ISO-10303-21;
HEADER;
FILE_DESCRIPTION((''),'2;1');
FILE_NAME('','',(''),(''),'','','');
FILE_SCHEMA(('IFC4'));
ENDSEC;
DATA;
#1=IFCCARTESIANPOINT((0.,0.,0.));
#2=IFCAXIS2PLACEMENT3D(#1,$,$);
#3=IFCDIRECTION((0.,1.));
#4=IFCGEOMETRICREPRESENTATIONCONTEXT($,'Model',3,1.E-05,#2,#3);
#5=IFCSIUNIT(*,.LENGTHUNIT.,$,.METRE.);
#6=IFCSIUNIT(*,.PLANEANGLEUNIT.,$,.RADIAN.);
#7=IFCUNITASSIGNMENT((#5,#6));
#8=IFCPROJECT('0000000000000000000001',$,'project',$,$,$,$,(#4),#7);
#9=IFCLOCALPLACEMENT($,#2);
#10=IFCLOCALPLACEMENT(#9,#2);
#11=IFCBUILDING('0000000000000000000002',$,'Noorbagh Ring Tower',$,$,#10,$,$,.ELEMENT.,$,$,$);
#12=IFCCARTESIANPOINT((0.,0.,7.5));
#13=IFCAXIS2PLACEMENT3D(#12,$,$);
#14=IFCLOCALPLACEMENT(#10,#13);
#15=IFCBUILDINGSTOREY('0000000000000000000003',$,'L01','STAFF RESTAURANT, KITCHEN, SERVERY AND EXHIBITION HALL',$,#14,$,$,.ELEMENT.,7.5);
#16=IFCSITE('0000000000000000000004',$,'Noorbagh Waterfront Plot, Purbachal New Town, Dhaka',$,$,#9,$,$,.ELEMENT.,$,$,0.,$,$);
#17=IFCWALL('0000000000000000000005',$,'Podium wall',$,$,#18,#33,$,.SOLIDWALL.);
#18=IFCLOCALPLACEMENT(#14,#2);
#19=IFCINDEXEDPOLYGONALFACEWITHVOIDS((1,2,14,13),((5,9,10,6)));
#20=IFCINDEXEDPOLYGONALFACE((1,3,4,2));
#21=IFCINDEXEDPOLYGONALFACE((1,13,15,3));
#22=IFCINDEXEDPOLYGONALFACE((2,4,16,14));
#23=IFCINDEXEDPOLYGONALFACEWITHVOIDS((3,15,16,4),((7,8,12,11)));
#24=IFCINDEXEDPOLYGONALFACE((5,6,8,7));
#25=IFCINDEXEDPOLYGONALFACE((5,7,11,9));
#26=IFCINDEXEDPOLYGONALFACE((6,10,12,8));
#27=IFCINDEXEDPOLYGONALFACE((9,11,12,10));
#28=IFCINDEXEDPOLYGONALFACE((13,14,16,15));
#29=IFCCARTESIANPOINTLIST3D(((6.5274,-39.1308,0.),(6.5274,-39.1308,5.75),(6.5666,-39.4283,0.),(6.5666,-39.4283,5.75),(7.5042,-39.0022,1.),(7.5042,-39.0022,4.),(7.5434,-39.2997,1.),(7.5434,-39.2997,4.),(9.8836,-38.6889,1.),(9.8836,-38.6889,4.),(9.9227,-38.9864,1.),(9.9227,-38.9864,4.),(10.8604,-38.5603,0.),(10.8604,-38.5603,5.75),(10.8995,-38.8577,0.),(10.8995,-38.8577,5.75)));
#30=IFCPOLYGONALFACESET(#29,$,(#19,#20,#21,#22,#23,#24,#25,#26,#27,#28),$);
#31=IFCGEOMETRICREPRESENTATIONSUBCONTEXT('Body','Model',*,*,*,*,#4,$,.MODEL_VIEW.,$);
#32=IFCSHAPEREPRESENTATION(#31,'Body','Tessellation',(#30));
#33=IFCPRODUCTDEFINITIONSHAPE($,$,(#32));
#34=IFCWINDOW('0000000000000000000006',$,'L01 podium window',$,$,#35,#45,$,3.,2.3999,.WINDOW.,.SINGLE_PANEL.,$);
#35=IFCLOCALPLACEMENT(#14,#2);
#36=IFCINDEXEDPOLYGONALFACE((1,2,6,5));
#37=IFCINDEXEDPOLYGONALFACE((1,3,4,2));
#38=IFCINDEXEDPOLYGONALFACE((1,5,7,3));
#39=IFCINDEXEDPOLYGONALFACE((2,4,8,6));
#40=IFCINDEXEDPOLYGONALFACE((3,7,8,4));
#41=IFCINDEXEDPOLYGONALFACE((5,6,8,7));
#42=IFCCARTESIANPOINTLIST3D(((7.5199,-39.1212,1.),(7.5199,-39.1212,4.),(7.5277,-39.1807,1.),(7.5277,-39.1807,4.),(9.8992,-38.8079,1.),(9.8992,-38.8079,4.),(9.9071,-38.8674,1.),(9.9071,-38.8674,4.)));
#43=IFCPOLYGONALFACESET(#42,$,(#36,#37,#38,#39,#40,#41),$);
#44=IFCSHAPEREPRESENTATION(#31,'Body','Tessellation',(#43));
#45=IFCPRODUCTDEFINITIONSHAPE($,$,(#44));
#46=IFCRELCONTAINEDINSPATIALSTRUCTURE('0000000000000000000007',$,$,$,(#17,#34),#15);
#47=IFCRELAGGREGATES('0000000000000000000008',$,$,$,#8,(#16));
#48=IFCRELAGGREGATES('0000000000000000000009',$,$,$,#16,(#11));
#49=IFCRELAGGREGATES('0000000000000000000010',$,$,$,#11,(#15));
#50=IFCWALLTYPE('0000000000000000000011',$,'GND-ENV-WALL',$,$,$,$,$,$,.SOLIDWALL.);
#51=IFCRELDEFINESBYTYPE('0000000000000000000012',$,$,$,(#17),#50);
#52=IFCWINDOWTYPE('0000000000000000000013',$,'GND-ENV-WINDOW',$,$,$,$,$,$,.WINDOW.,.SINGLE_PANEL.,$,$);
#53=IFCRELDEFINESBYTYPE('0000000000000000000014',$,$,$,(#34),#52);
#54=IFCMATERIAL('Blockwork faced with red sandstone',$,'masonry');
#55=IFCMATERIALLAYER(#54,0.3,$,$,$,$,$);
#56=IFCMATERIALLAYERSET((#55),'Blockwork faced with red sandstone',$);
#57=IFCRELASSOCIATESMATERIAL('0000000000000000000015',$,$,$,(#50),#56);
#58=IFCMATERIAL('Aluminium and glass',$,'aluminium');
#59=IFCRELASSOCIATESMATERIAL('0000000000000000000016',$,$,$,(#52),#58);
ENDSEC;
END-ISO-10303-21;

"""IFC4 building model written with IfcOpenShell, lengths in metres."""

from ifc_helpers import new_model, si_unit, direction, frame, frame_2d, origin, place, context, subcontext, project, spatial, rectangle, extrude, material, layer, layer_set, type_object, element, fill, save


model = new_model("IFC4")

# Units and contexts
model_context = context("Model", 3, precision=1e-05, world=origin(), true_north=direction((0.0, 1.0)))
body_context = subcontext(model_context, "Body", "Model", "MODEL_VIEW")
ifc_project = project(units=[si_unit("LENGTHUNIT", "METRE"), si_unit("PLANEANGLEUNIT", "RADIAN")], contexts=[model_context])

# Site, building, storey
site_placement = place(None, origin())
site = spatial("IfcSite", under=ifc_project, at=site_placement, Name="Noorbagh Waterfront Plot, Purbachal New Town, Dhaka", CompositionType="ELEMENT", RefElevation=0.0)
building_placement = place(site_placement, origin())
building = spatial("IfcBuilding", under=site, at=building_placement, Name="Noorbagh Ring Tower", CompositionType="ELEMENT")
storey_placement = place(building_placement, frame((0.0, 0.0, 7.5)))
storey = spatial("IfcBuildingStorey", under=building, at=storey_placement, Name="L01", Description="STAFF RESTAURANT, KITCHEN, SERVERY AND EXHIBITION HALL", CompositionType="ELEMENT", Elevation=7.5)

# Wall, opening, window
ifc_material_1 = material(Name="Blockwork faced with red sandstone", Category="masonry")
ifc_layer_1 = layer(ifc_material_1, 0.3)
ifc_layer_set_1 = layer_set([ifc_layer_1], Name="Blockwork faced with red sandstone")
wall_type = type_object("IfcWallType", Name="GND-ENV-WALL", PredefinedType="SOLIDWALL", material=ifc_layer_set_1)
ifc_material_2 = material(Name="Aluminium and glass", Category="aluminium")
window_type = type_object("IfcWindowType", Name="GND-ENV-WINDOW", PartitioningType="SINGLE_PANEL", PredefinedType="WINDOW", material=ifc_material_2)
wall_1_placement = place(storey_placement, frame((6.5471, -39.2795, 0.0), z_axis=(0.0, 0.0, 1.0), x_axis=(0.991442, 0.13055, 0.0)))
wall_1 = element("IfcWall", 1, at=wall_1_placement, inside=storey, type_object=wall_type, Name="Podium wall", PredefinedType="SOLIDWALL", context=body_context, shape_type="SweptSolid", body=[
    extrude(rectangle(XDim=4.3704, YDim=0.3, at=frame_2d((2.1851, 0.0))), origin(), (0.0, 0.0, 1.0), 5.75),
])
opening_1_placement = place(wall_1_placement, frame((0.9851, 0.0, 1.0)))
opening_1 = element("IfcOpeningElement", 2, at=opening_1_placement, cuts=wall_1, PredefinedType="OPENING", context=body_context, shape_type="SweptSolid", body=[
    extrude(rectangle(XDim=2.3999, YDim=3.0, at=frame_2d((1.2, 1.5))), frame((0.0, 0.1602, 0.0), z_axis=(0.0, -1.0, 0.0), x_axis=(1.0, 0.0, 0.0)), (0.0, 0.0, 1.0), 0.3201),
])
window_1_placement = place(opening_1_placement, origin())
window_1 = element("IfcWindow", 3, at=window_1_placement, inside=storey, type_object=window_type, Name="L01 podium window", OverallHeight=3.0, OverallWidth=2.3999, PartitioningType="SINGLE_PANEL", PredefinedType="WINDOW", context=body_context, shape_type="SweptSolid", body=[
    extrude(rectangle(XDim=2.3999, YDim=3.0, at=frame_2d((1.2, 1.5))), frame((0.0, 0.03, 0.0), z_axis=(0.0, -1.0, 0.0), x_axis=(1.0, 0.0, 0.0)), (0.0, 0.0, 1.0), 0.0601),
])
fill(opening_1, window_1)

save(model, "model.ifc")
